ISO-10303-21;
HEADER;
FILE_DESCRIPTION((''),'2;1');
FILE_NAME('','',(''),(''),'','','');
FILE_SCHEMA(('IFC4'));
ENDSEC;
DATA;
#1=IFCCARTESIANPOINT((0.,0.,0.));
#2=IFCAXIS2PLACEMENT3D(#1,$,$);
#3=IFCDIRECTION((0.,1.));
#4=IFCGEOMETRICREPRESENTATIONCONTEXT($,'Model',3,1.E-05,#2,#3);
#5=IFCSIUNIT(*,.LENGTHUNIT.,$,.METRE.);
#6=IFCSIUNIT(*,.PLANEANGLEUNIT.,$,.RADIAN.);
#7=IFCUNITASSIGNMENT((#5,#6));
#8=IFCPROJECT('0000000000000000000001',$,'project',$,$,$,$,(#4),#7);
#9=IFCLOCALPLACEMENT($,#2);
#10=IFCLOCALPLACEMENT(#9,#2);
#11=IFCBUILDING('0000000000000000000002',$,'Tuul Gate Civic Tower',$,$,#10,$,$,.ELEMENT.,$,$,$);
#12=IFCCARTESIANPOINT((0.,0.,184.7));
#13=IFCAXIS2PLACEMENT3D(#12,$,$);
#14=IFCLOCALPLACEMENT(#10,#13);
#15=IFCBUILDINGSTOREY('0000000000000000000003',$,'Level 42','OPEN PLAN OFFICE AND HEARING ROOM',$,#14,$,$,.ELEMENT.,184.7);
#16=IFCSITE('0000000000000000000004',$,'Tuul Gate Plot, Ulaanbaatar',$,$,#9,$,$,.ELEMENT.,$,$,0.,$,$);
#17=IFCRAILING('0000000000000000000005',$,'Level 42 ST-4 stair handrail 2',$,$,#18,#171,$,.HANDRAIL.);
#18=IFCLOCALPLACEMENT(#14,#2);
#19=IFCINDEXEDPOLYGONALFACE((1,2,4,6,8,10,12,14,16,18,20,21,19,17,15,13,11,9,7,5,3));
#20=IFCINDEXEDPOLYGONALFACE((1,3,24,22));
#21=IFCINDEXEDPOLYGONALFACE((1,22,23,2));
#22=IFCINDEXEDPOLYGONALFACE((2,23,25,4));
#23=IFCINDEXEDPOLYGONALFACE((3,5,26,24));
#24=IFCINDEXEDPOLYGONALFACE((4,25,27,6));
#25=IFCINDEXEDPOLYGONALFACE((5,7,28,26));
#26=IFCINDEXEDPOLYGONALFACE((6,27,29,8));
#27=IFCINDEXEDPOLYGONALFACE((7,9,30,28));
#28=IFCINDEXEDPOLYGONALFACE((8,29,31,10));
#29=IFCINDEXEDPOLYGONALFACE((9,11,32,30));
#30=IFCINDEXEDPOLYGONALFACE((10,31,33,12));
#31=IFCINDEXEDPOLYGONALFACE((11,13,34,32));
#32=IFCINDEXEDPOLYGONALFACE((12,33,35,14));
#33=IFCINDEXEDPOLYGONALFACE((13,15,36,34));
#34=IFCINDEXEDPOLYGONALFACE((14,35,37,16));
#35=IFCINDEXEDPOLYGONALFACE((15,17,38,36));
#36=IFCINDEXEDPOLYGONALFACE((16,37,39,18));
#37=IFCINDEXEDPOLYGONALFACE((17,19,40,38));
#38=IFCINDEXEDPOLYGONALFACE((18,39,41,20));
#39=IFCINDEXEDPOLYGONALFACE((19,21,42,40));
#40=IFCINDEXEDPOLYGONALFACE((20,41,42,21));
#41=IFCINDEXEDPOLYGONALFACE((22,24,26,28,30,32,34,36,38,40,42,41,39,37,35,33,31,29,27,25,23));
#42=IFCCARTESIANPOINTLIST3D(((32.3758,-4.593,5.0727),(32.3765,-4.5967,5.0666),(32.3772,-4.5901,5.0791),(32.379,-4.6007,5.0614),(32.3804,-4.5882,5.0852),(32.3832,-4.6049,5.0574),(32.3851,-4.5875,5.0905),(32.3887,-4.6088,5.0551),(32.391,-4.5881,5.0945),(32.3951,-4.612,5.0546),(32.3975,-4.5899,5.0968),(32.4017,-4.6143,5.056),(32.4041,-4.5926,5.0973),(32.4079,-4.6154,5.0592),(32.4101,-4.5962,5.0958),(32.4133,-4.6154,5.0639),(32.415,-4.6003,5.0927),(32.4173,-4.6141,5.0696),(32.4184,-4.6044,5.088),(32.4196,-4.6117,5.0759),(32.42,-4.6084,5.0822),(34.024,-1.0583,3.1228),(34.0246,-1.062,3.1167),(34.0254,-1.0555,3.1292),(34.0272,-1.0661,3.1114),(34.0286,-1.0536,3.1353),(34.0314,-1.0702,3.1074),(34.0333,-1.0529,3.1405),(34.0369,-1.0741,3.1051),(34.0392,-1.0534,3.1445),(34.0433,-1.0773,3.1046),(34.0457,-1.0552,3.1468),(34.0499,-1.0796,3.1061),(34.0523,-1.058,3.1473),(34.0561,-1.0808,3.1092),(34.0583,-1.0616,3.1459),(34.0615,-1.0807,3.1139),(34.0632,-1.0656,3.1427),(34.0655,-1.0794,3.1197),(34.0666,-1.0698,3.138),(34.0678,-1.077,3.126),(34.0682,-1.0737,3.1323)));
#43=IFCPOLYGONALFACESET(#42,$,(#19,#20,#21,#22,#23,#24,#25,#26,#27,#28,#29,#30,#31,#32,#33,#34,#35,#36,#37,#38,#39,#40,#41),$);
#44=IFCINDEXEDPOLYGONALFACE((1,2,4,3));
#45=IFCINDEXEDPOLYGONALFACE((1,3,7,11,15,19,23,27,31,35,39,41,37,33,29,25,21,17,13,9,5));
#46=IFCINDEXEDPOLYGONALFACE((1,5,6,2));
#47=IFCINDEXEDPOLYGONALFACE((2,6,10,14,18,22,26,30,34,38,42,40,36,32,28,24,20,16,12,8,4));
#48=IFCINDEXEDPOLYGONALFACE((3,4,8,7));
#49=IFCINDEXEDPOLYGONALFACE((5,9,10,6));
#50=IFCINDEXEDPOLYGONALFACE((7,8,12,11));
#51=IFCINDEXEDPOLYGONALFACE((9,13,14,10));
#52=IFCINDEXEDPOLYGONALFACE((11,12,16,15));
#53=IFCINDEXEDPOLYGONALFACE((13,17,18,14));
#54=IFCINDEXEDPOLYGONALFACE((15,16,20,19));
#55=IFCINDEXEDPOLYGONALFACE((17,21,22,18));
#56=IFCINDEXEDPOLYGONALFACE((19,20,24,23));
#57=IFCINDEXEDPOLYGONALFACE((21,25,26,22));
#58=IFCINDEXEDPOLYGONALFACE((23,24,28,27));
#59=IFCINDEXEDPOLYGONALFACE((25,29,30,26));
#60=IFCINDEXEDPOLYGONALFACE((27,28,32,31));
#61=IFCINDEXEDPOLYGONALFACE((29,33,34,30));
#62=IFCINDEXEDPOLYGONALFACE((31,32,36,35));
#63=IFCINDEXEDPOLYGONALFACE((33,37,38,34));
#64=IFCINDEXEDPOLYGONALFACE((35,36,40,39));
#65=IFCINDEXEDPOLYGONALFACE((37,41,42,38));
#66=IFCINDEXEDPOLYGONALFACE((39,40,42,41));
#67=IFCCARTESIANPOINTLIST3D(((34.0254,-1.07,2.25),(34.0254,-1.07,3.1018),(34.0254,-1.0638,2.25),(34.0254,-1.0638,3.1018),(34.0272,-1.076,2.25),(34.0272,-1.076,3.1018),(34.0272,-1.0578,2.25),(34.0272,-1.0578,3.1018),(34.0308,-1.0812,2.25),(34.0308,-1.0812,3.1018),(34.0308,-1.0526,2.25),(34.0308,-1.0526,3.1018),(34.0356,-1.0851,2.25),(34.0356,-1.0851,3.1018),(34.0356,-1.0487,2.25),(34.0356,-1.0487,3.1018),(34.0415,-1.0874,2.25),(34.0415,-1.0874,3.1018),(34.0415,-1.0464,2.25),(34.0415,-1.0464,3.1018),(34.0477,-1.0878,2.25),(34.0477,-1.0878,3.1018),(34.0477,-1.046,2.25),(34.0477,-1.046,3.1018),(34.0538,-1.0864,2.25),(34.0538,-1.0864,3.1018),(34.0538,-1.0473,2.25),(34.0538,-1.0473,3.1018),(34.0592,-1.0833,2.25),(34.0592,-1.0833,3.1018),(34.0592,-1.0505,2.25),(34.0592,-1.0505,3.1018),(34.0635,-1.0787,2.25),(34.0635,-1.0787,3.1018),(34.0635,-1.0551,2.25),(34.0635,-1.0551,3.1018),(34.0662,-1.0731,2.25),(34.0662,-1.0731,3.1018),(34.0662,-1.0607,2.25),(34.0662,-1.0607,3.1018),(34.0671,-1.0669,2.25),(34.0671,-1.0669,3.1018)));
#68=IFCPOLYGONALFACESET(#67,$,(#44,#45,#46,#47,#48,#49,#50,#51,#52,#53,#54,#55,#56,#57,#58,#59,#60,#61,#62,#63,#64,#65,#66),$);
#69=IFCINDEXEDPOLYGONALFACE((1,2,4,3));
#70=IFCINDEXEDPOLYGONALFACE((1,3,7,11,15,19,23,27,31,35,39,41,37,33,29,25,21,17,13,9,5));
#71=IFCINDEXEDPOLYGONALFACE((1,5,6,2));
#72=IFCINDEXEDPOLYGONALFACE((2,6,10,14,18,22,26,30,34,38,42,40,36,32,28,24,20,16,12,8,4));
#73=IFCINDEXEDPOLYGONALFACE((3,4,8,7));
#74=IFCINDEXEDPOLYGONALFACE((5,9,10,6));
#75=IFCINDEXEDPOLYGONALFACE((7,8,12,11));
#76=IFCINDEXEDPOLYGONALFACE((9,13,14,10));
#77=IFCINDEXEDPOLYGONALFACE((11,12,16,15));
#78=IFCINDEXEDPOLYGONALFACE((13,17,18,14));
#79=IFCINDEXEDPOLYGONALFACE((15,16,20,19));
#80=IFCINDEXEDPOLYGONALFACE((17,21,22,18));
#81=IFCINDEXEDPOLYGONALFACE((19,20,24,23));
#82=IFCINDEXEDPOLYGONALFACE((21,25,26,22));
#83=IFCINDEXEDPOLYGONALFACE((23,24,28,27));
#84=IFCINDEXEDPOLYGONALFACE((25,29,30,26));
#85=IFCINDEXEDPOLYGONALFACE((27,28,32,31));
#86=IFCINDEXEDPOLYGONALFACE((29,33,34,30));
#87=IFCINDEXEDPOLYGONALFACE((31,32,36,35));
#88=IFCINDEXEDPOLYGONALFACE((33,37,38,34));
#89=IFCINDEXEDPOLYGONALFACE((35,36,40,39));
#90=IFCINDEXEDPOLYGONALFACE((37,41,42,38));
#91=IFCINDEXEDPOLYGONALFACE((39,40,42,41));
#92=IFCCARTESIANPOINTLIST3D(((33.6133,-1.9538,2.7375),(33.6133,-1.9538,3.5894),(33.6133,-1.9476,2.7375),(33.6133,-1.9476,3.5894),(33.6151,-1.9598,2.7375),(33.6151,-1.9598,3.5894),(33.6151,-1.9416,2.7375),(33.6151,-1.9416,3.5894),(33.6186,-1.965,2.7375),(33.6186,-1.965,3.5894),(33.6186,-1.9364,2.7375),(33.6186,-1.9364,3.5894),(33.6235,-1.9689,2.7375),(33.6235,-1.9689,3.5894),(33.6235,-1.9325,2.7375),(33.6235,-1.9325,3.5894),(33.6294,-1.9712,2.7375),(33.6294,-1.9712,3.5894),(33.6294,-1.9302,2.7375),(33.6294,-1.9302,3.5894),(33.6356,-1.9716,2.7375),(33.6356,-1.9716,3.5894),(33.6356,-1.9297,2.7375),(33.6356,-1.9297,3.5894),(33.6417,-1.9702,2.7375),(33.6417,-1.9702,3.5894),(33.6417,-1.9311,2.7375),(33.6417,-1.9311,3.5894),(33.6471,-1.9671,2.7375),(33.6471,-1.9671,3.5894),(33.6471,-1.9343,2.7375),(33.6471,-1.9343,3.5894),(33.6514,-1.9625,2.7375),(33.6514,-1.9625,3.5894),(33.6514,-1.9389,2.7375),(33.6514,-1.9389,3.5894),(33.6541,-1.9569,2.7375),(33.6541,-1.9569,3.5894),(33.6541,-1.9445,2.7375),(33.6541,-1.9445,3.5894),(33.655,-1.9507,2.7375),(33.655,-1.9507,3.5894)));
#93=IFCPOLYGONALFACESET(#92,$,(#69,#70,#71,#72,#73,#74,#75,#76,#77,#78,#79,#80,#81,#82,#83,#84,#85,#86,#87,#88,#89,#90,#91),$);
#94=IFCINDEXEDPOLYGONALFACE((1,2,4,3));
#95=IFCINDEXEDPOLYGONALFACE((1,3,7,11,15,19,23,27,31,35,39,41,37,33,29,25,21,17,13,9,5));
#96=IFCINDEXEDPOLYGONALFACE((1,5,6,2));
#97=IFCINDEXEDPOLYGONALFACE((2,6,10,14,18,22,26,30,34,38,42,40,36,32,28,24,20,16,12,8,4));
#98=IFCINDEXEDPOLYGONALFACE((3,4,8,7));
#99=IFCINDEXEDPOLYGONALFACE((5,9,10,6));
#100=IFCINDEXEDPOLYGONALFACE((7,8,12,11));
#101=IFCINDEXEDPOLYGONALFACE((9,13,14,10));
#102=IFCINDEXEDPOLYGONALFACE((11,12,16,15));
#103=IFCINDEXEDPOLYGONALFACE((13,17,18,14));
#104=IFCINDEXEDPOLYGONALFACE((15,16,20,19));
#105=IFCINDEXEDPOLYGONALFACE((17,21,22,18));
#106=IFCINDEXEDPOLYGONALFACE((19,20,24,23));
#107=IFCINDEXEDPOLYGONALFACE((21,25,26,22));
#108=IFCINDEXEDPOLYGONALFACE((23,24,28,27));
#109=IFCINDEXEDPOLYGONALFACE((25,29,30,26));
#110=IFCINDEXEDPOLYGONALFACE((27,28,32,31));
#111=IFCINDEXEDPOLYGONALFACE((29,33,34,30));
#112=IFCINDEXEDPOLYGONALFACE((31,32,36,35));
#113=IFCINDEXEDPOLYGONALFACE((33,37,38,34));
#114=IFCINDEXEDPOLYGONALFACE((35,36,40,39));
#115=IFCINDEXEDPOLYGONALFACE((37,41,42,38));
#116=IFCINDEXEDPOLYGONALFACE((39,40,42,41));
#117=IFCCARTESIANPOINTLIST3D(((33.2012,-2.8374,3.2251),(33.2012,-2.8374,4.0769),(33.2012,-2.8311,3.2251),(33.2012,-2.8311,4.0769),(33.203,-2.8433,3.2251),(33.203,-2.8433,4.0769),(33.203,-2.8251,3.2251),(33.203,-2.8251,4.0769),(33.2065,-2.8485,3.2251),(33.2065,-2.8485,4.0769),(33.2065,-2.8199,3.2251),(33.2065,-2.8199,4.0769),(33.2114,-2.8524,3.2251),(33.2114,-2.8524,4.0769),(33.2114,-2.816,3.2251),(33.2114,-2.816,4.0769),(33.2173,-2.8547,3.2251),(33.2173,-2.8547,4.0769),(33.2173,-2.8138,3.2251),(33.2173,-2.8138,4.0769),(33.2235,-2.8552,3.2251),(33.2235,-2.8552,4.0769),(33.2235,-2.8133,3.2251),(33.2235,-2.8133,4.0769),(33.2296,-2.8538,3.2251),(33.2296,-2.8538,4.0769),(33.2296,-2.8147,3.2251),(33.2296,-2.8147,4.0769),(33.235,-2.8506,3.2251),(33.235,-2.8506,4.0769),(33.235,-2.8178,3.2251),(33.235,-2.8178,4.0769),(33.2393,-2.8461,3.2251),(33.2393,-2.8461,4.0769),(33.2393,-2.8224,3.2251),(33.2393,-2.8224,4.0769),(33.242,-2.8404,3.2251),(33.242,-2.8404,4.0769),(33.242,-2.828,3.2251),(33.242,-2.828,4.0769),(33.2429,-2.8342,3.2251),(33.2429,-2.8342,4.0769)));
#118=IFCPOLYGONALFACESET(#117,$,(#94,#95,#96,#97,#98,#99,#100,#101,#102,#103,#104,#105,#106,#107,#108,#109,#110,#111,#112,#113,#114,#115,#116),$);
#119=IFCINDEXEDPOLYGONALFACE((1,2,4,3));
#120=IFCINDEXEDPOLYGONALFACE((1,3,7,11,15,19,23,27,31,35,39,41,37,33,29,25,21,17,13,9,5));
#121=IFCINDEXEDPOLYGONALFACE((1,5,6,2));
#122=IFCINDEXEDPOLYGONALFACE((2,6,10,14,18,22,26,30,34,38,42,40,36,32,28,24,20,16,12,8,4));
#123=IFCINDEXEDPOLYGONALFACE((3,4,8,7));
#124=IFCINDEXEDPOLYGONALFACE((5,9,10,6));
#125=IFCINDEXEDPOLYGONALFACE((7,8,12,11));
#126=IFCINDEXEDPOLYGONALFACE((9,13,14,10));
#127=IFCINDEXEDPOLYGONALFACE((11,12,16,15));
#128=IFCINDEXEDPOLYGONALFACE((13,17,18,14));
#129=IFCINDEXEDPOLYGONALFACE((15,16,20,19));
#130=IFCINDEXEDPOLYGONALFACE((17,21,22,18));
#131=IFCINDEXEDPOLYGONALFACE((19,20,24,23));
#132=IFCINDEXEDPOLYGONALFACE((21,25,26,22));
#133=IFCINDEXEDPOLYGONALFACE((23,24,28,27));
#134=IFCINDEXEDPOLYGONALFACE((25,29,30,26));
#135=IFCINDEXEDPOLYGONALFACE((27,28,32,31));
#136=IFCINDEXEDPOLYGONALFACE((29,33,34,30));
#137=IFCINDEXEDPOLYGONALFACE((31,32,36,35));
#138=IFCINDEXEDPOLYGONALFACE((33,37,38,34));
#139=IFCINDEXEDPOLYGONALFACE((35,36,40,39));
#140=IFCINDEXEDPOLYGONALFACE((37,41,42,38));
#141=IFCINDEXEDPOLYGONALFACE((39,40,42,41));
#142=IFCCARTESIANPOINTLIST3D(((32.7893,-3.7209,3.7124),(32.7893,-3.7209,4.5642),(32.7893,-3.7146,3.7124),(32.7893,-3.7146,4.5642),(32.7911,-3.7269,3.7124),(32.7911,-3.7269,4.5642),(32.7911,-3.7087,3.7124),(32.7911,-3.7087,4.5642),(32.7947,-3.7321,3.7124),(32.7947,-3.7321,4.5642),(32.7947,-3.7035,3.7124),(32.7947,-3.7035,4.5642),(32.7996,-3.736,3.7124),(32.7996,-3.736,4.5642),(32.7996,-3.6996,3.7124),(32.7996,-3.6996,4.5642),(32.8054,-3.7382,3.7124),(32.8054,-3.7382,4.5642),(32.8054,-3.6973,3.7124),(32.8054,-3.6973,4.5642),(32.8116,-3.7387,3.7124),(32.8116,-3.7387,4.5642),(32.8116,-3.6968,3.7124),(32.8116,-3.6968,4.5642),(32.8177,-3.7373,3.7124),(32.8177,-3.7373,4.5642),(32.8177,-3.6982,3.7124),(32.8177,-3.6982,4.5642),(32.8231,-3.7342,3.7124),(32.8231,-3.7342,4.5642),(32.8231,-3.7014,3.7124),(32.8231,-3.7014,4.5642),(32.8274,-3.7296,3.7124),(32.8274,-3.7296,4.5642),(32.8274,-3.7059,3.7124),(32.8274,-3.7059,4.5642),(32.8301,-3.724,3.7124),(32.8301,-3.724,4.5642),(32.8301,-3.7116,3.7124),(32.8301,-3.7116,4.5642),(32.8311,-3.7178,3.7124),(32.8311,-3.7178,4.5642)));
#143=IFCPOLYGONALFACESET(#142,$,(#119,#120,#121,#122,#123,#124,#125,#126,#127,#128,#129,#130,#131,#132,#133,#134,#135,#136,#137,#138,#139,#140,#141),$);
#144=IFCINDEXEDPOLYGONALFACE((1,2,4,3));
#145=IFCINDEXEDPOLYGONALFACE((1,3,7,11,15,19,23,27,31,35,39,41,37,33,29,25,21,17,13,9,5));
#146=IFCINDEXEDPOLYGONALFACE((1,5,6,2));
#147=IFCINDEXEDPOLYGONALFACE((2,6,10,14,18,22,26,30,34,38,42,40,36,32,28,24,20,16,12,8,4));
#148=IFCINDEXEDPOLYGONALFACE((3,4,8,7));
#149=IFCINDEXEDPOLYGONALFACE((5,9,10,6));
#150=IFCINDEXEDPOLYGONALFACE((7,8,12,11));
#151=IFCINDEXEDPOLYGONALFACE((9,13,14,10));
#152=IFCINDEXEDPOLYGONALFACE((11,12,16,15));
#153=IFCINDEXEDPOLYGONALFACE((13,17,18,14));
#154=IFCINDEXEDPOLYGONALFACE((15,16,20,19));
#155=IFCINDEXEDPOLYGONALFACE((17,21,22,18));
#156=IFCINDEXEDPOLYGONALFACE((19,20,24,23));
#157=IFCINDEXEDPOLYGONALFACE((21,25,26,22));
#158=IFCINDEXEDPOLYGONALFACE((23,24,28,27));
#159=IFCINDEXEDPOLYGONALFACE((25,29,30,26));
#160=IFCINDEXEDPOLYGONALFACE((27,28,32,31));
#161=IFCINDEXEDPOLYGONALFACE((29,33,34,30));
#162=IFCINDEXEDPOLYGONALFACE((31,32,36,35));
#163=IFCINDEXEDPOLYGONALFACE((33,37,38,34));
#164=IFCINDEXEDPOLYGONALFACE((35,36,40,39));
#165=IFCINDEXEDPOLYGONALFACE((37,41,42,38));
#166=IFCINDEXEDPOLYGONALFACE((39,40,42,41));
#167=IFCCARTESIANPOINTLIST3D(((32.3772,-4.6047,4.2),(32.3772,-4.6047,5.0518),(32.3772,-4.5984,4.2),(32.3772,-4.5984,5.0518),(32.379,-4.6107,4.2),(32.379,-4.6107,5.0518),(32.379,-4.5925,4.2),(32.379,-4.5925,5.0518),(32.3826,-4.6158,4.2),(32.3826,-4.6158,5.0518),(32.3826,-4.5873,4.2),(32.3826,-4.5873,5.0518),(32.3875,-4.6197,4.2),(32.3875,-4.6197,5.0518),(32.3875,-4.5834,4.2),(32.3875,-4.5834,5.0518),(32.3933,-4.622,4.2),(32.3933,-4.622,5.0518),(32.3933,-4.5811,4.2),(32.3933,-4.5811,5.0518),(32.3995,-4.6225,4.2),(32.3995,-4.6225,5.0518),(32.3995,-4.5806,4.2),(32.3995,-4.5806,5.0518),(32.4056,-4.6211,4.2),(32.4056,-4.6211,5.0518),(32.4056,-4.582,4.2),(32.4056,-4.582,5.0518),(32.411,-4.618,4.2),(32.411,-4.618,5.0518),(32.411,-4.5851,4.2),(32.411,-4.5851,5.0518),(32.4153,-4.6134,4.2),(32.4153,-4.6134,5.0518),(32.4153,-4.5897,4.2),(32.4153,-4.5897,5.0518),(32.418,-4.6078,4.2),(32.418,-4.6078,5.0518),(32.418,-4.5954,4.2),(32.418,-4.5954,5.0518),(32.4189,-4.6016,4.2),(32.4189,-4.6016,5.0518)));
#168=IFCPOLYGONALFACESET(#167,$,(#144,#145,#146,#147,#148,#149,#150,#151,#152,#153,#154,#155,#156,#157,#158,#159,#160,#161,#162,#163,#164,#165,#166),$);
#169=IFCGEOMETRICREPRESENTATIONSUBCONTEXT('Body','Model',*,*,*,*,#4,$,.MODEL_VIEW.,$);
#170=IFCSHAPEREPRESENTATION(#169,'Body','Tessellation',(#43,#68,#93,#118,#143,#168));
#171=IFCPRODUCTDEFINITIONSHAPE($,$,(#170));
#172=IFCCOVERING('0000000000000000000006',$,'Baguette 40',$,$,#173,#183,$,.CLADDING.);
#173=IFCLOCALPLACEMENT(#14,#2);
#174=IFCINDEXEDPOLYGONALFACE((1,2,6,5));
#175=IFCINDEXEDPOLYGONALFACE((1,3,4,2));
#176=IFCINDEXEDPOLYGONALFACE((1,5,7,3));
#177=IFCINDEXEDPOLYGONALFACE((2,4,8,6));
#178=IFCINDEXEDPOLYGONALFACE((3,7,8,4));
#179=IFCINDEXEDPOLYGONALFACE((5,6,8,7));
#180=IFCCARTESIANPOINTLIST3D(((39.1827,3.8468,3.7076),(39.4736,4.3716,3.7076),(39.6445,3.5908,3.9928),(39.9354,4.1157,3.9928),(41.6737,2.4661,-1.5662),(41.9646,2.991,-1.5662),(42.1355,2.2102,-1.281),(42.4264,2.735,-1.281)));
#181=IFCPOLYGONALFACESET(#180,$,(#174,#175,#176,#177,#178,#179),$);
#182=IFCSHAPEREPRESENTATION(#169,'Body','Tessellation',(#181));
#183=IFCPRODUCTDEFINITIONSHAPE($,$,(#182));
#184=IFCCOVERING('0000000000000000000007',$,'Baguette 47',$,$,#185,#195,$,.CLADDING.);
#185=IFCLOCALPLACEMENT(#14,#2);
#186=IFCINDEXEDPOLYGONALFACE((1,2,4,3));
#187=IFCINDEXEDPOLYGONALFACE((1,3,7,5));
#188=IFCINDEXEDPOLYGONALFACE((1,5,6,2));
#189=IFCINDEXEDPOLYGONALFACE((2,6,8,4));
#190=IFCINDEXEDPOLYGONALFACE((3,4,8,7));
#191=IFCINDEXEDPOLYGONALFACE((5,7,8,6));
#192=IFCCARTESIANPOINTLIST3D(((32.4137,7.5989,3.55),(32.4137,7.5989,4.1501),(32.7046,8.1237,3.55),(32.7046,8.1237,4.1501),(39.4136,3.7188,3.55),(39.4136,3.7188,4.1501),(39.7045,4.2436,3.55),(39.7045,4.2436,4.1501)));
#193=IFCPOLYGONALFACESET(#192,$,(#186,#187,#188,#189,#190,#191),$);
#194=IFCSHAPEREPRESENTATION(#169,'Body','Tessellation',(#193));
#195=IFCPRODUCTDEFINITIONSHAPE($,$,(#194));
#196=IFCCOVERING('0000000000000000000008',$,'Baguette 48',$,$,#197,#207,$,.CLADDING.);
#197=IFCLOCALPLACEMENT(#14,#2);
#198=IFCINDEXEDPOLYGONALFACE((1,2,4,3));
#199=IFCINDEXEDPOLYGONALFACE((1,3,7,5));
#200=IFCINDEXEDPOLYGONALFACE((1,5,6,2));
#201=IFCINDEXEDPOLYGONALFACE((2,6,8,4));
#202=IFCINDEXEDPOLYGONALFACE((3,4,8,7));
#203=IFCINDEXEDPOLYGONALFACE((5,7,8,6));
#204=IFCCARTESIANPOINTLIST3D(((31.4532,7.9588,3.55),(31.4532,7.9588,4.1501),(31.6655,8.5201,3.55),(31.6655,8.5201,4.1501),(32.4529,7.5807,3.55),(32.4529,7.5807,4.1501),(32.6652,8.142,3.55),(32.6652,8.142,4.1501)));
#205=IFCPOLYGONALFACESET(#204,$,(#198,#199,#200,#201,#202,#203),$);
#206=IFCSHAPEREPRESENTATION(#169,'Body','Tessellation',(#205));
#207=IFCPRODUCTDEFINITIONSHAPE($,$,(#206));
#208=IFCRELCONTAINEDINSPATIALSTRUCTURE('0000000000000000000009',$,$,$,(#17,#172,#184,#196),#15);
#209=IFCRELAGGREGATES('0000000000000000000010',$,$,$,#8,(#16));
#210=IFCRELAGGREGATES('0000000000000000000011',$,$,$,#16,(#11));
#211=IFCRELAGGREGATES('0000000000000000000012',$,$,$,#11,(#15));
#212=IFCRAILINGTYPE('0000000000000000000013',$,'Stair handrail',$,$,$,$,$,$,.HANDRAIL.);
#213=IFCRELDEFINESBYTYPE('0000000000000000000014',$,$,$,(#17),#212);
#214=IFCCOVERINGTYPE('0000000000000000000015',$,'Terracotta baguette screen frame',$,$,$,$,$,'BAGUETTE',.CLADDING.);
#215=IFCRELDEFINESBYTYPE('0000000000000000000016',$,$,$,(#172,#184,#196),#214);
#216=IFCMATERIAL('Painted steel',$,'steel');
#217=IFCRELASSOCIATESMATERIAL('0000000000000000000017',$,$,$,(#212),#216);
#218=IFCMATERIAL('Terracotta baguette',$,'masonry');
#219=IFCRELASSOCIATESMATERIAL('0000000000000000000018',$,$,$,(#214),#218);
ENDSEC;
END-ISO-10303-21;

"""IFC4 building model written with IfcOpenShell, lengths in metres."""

from ifc_helpers import new_model, si_unit, direction, frame, origin, origin_2d, place, context, subcontext, project, spatial, rectangle, circle, extrude, material, material_profile, profile_set, type_object, element, save


model = new_model("IFC4")

# Units and contexts
model_context = context("Model", 3, precision=1e-05, world=origin(), true_north=direction((0.0, 1.0)))
body_context = subcontext(model_context, "Body", "Model", "MODEL_VIEW")
ifc_project = project(units=[si_unit("LENGTHUNIT", "METRE"), si_unit("PLANEANGLEUNIT", "RADIAN")], contexts=[model_context])

# Site, building, storey
site_placement = place(None, origin())
site = spatial("IfcSite", under=ifc_project, at=site_placement, Name="Tuul Gate Plot, Ulaanbaatar", CompositionType="ELEMENT", RefElevation=0.0)
building_placement = place(site_placement, origin())
building = spatial("IfcBuilding", under=site, at=building_placement, Name="Tuul Gate Civic Tower", CompositionType="ELEMENT")
storey_placement = place(building_placement, frame((0.0, 0.0, 184.7)))
storey = spatial("IfcBuildingStorey", under=building, at=storey_placement, Name="Level 42", Description="OPEN PLAN OFFICE AND HEARING ROOM", CompositionType="ELEMENT", Elevation=184.7)

# Railing
ifc_material_1 = material(Name="Painted steel", Category="steel")
railing_type_1 = type_object("IfcRailingType", Name="Stair handrail", PredefinedType="HANDRAIL", material=ifc_material_1)
railing_1_placement = place(storey_placement, frame((34.0461, -1.0669, 2.25)))
element("IfcRailing", 1, at=railing_1_placement, inside=storey, type_object=railing_type_1, Name="Level 42 ST-4 stair handrail 2", PredefinedType="HANDRAIL", context=body_context, shape_type="SweptSolid", body=[
    extrude(circle(Radius=0.0239, at=origin_2d()), frame((0.0, 0.0, 0.876), z_axis=(-0.377995, -0.810637, 0.4472), x_axis=(0.906313, -0.422608, 0.0)), (0.0, 0.0, 1.0), 4.3604),
    extrude(circle(Radius=0.021, at=origin_2d()), origin(), (0.0, 0.0, 1.0), 0.8518),
    extrude(circle(Radius=0.021, at=origin_2d()), frame((-0.4121, -0.8838, 0.4875)), (0.0, 0.0, 1.0), 0.8518),
    extrude(circle(Radius=0.021, at=origin_2d()), frame((-0.8242, -1.7673, 0.9751)), (0.0, 0.0, 1.0), 0.8518),
    extrude(circle(Radius=0.021, at=origin_2d()), frame((-1.2361, -2.6509, 1.4624)), (0.0, 0.0, 1.0), 0.8518),
    extrude(circle(Radius=0.021, at=origin_2d()), frame((-1.6482, -3.5347, 1.95)), (0.0, 0.0, 1.0), 0.8518),
])

# Coverings
ifc_material_2 = material(Name="Terracotta baguette", Category="masonry")
ifc_material_profile_1 = material_profile(ifc_material_2, rectangle(XDim=0.6001, YDim=0.6001, at=origin_2d()), Name="Terracotta baguette screen frame")
ifc_profile_set_1 = profile_set([ifc_material_profile_1], Name="Terracotta baguette")
covering_type = type_object("IfcCoveringType", Name="Terracotta baguette screen frame", ElementType="BAGUETTE", PredefinedType="CLADDING", material=ifc_profile_set_1)
covering_1_placement = place(storey_placement, frame((42.05, 2.6006, -1.4236), z_axis=(-0.415607, 0.23035, 0.879892), x_axis=(-0.484769, -0.874642, 0.0)))
element("IfcCovering", 2, at=covering_1_placement, inside=storey, type_object=covering_type, Name="Baguette 40", PredefinedType="CLADDING", context=body_context, shape_type="SweptSolid", body=[
    extrude(rectangle(XDim=0.6001, YDim=0.6001, at=origin_2d()), origin(), (0.0, 0.0, 1.0), 5.9937),
])
covering_2_placement = place(storey_placement, frame((39.5591, 3.9812, 3.8501), z_axis=(-0.874622, 0.484806, 0.0), x_axis=(-0.484806, -0.874622, 0.0)))
element("IfcCovering", 3, at=covering_2_placement, inside=storey, type_object=covering_type, Name="Baguette 47", PredefinedType="CLADDING", context=body_context, shape_type="SweptSolid", body=[
    extrude(rectangle(XDim=0.6001, YDim=0.6001, at=origin_2d()), origin(), (0.0, 0.0, 1.0), 8.0034),
])
covering_3_placement = place(storey_placement, frame((32.5591, 7.8613, 3.8501), z_axis=(-0.935321, 0.3538, 0.0), x_axis=(-0.3538, -0.935321, 0.0)))
element("IfcCovering", 4, at=covering_3_placement, inside=storey, type_object=covering_type, Name="Baguette 48", PredefinedType="CLADDING", context=body_context, shape_type="SweptSolid", body=[
    extrude(rectangle(XDim=0.6001, YDim=0.6001, at=origin_2d()), origin(), (0.0, 0.0, 1.0), 1.0688),
])

save(model, "model.ifc")
